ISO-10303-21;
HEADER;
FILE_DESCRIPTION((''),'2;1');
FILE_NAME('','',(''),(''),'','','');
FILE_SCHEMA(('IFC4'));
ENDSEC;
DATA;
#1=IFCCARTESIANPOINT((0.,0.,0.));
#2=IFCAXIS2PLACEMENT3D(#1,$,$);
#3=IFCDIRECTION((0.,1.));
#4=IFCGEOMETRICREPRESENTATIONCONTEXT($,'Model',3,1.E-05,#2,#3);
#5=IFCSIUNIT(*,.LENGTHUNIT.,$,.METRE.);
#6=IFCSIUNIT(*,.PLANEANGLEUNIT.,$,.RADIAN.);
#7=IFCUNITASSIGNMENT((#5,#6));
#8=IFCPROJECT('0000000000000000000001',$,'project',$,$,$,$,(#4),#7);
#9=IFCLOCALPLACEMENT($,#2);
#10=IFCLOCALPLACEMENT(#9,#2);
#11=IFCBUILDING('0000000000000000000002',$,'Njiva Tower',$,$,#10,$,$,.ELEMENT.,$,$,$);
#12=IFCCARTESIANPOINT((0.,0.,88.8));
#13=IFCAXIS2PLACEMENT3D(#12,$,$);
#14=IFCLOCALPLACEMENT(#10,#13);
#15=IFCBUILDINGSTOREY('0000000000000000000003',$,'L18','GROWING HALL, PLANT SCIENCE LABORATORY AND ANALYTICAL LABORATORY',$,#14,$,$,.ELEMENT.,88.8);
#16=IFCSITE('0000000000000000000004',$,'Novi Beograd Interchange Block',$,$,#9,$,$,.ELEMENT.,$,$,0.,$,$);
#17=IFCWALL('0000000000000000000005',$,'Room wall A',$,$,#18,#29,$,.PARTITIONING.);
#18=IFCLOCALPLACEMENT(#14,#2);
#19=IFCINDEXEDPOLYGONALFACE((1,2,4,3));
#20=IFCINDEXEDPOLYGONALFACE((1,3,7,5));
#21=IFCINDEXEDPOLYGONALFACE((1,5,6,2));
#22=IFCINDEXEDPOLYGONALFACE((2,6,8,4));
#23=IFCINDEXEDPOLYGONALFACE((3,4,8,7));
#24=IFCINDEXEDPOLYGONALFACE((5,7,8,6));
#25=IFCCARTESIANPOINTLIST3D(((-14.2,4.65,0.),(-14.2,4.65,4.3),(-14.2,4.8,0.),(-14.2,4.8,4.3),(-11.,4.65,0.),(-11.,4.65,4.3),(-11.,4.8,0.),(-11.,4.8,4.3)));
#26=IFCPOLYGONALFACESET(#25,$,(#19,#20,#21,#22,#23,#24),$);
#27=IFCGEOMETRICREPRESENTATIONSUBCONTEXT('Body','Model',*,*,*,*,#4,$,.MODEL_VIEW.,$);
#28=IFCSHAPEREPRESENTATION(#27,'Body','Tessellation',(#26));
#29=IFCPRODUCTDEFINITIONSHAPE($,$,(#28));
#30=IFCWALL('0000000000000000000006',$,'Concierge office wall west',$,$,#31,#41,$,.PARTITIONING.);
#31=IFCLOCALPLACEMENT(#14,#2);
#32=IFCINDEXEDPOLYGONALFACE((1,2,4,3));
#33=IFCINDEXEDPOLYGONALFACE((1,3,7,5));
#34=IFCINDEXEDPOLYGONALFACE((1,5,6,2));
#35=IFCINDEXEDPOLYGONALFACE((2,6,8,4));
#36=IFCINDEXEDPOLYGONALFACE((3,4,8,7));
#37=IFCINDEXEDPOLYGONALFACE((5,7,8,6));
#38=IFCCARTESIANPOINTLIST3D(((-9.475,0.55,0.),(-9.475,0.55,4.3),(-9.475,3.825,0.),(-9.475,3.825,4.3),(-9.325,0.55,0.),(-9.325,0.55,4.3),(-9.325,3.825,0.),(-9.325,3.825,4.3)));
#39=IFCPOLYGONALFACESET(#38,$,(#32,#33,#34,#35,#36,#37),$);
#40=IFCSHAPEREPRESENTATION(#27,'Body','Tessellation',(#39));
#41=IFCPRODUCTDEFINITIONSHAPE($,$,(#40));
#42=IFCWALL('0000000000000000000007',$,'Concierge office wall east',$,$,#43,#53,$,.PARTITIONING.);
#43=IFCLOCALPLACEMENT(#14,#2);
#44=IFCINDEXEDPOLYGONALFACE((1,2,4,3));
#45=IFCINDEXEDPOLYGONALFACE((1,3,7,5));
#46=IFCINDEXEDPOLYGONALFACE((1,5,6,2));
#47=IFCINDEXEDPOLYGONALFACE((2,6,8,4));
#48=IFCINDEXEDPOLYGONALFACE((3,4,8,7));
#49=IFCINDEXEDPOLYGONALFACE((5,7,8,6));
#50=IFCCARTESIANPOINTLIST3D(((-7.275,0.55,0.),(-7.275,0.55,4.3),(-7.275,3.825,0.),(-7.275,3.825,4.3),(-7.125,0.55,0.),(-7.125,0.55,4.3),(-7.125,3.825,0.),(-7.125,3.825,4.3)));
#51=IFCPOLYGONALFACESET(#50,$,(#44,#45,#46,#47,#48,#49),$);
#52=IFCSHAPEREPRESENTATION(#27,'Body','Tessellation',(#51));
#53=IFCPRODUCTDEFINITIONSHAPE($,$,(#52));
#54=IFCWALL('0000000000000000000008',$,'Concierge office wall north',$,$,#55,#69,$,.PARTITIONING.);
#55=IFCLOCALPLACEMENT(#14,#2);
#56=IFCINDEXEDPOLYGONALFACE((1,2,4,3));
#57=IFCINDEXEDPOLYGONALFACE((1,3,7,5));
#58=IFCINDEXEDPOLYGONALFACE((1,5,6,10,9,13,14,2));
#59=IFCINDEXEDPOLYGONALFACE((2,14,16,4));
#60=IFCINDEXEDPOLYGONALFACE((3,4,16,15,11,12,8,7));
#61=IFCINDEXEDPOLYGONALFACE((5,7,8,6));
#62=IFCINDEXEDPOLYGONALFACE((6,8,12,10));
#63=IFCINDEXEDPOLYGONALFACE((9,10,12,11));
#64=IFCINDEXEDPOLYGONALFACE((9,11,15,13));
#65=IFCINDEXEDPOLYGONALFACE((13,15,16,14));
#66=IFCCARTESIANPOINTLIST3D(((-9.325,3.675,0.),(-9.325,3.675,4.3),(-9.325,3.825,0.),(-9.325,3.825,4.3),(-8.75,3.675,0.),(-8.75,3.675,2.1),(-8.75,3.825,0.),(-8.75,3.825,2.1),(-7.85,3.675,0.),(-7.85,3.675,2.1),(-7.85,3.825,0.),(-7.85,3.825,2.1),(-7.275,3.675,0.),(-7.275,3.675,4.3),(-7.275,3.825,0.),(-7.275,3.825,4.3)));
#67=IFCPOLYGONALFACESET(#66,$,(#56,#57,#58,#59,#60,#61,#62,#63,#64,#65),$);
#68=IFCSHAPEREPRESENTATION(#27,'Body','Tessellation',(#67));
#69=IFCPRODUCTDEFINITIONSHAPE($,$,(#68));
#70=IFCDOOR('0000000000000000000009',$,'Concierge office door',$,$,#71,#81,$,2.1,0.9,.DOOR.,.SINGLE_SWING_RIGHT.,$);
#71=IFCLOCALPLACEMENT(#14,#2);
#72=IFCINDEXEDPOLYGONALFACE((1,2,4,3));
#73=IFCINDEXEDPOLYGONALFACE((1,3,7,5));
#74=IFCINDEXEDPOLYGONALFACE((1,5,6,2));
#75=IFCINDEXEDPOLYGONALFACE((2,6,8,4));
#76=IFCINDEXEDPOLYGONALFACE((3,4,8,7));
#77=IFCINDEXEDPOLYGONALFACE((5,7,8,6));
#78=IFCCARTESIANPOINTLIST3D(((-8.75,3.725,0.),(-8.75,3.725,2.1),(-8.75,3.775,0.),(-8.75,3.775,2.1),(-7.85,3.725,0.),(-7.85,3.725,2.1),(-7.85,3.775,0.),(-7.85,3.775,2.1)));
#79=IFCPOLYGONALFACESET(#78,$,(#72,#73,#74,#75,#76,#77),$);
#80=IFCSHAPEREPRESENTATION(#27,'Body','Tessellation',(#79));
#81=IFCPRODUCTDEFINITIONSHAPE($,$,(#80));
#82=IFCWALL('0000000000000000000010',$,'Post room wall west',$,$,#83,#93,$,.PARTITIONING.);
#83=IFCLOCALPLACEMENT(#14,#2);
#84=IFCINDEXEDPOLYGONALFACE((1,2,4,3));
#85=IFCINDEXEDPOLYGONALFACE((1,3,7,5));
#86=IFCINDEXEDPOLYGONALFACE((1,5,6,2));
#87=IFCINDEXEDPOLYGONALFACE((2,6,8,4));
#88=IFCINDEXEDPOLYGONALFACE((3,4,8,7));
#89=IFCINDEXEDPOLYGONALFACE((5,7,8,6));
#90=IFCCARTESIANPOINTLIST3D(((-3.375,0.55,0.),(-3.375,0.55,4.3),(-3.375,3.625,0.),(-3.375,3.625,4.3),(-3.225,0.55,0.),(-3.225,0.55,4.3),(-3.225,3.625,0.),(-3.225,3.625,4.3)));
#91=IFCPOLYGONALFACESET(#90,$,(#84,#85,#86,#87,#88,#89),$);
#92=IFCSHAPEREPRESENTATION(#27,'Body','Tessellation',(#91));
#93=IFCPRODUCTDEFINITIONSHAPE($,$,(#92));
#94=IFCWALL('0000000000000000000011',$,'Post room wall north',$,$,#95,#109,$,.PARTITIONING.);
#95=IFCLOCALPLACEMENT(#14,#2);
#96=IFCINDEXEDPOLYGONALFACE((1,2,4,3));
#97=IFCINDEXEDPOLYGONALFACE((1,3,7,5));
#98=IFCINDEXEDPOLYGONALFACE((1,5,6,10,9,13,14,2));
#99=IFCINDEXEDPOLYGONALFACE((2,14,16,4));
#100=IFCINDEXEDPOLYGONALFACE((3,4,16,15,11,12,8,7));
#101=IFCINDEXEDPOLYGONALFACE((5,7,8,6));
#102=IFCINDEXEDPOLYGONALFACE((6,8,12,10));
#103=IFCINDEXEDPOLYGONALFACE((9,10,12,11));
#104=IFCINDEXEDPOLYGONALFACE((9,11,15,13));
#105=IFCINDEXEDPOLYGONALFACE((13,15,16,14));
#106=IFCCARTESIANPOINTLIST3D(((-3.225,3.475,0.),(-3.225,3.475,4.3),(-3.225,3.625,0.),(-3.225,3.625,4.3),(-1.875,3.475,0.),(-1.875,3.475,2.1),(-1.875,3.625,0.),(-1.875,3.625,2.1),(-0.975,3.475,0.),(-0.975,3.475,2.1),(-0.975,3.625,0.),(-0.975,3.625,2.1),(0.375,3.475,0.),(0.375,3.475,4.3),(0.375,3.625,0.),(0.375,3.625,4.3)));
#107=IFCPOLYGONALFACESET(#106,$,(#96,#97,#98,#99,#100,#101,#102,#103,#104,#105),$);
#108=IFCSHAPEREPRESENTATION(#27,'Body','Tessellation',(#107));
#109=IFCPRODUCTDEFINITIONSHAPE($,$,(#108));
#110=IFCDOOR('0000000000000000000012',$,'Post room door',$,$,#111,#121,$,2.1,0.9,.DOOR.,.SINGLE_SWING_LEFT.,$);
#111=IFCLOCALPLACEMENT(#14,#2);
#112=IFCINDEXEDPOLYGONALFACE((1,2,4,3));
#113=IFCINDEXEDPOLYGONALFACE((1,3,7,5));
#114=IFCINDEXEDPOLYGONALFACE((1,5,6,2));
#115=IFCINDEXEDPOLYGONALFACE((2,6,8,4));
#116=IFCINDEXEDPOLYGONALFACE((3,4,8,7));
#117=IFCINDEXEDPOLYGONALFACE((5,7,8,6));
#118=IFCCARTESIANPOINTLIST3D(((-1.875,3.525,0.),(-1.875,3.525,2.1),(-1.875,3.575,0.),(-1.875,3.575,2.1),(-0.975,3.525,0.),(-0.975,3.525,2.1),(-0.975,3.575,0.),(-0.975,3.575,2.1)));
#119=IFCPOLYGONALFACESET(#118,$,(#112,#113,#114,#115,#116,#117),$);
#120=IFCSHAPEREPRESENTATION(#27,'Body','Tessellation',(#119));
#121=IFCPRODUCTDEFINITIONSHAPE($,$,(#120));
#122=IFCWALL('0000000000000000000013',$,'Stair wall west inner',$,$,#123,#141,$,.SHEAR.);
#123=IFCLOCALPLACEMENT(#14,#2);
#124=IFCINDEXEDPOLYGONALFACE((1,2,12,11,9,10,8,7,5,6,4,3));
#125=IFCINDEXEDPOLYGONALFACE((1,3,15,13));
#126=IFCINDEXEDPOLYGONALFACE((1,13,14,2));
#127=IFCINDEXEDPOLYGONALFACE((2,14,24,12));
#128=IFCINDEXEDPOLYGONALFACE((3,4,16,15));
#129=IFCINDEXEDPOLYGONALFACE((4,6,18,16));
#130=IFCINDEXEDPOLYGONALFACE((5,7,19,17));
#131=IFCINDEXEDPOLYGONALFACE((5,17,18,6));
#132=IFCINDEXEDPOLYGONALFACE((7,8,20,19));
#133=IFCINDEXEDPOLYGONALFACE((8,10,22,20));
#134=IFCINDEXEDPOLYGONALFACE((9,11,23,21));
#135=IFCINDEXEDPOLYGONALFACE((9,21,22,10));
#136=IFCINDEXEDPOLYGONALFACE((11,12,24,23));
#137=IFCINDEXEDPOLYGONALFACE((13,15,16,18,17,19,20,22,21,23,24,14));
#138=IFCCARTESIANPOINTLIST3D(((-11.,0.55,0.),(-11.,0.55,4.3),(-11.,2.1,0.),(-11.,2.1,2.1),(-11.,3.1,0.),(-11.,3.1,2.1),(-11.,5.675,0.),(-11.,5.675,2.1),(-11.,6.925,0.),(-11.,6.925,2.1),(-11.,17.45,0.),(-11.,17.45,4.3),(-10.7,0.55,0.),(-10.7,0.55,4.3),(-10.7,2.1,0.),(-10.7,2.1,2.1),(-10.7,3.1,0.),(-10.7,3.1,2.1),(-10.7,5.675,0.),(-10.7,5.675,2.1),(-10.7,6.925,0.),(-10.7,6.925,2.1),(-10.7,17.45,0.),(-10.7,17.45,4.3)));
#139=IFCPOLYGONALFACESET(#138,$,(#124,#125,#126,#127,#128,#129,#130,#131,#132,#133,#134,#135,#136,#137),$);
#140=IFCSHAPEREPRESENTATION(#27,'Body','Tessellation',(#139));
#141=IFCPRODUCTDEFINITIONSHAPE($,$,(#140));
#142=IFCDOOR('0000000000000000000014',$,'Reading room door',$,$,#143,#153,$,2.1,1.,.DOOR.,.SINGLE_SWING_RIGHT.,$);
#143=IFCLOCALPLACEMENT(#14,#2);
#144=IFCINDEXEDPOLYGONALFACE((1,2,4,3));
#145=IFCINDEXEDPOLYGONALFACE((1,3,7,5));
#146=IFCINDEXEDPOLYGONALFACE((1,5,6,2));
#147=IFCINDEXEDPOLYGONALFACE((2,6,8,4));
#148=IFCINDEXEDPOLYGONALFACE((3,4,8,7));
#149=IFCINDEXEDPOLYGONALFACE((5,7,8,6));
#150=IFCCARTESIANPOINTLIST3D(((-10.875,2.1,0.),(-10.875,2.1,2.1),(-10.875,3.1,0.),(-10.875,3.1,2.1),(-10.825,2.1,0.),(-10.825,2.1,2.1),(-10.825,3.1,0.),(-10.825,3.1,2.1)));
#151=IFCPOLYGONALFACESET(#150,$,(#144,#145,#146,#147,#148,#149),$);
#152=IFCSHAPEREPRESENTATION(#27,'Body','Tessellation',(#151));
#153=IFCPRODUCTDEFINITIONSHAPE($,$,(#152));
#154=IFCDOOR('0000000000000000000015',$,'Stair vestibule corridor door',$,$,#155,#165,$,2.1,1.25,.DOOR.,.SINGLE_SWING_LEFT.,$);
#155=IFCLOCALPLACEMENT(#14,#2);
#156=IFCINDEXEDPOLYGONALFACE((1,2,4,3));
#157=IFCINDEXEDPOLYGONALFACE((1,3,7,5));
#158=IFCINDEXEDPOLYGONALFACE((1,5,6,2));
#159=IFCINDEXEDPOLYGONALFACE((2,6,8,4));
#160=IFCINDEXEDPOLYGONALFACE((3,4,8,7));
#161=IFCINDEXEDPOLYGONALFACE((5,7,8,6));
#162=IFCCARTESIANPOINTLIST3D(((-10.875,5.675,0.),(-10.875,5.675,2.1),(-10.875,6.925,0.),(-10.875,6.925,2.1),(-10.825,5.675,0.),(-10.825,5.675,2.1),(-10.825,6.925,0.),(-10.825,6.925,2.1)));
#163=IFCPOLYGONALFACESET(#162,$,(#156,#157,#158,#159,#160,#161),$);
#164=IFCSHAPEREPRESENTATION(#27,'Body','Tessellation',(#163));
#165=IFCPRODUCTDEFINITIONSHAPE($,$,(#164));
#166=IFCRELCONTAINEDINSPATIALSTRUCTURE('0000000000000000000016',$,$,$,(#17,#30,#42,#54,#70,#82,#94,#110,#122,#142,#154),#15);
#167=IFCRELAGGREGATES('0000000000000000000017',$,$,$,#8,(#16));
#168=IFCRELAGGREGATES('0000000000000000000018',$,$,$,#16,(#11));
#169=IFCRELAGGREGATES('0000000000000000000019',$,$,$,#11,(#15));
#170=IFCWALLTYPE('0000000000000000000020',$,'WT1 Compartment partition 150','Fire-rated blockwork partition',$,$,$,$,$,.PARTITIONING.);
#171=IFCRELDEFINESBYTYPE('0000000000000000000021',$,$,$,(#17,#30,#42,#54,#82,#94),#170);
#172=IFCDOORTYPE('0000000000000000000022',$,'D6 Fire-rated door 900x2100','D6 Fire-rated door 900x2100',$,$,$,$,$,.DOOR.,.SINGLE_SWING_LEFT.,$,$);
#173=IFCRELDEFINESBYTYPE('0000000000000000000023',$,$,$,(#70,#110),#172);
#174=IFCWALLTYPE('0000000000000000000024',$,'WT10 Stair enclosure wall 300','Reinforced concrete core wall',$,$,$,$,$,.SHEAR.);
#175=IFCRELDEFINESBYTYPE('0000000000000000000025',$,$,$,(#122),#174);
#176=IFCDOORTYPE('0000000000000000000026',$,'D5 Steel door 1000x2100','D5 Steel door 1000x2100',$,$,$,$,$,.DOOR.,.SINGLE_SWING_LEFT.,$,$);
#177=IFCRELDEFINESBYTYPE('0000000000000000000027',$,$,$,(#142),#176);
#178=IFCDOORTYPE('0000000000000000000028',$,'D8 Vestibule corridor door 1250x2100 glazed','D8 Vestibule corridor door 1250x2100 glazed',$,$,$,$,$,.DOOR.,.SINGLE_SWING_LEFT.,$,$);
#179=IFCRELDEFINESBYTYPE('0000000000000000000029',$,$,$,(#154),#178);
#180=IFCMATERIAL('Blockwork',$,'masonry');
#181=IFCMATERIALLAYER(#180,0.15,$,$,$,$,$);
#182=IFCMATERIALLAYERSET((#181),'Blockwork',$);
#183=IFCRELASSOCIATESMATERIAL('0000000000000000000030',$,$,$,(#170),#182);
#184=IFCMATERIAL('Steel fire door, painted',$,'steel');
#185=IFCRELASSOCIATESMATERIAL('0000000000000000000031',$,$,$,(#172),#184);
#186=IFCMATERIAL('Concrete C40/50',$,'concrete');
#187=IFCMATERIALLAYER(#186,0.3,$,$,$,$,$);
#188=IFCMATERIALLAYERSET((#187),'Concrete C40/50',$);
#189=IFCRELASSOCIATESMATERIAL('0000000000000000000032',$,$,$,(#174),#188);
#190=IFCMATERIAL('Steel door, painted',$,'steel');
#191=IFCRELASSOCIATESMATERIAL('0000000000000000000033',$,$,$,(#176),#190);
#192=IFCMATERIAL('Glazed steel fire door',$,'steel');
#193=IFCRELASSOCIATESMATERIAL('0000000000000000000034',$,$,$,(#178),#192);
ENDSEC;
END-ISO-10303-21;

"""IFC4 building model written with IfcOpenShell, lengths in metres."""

from ifc_helpers import new_model, si_unit, direction, frame, frame_2d, origin, place, context, subcontext, project, spatial, rectangle, extrude, material, layer, layer_set, type_object, element, fill, save


model = new_model("IFC4")

# Units and contexts
model_context = context("Model", 3, precision=1e-05, world=origin(), true_north=direction((0.0, 1.0)))
body_context = subcontext(model_context, "Body", "Model", "MODEL_VIEW")
ifc_project = project(units=[si_unit("LENGTHUNIT", "METRE"), si_unit("PLANEANGLEUNIT", "RADIAN")], contexts=[model_context])

# Site, building, storey
site_placement = place(None, origin())
site = spatial("IfcSite", under=ifc_project, at=site_placement, Name="Novi Beograd Interchange Block", CompositionType="ELEMENT", RefElevation=0.0)
building_placement = place(site_placement, origin())
building = spatial("IfcBuilding", under=site, at=building_placement, Name="Njiva Tower", CompositionType="ELEMENT")
storey_placement = place(building_placement, frame((0.0, 0.0, 88.8)))
storey = spatial("IfcBuildingStorey", under=building, at=storey_placement, Name="L18", Description="GROWING HALL, PLANT SCIENCE LABORATORY AND ANALYTICAL LABORATORY", CompositionType="ELEMENT", Elevation=88.8)

# Walls
ifc_material_1 = material(Name="Blockwork", Category="masonry")
ifc_layer_1 = layer(ifc_material_1, 0.15)
ifc_layer_set_1 = layer_set([ifc_layer_1], Name="Blockwork")
wall_type_1 = type_object("IfcWallType", Name="WT1 Compartment partition 150", Description="Fire-rated blockwork partition", PredefinedType="PARTITIONING", material=ifc_layer_set_1)
wall_1_placement = place(storey_placement, frame((-14.2, 4.725, 0.0), z_axis=(0.0, 0.0, 1.0), x_axis=(1.0, 0.0, 0.0)))
element("IfcWall", 1, at=wall_1_placement, inside=storey, type_object=wall_type_1, Name="Room wall A", PredefinedType="PARTITIONING", context=body_context, shape_type="SweptSolid", body=[
    extrude(rectangle(XDim=3.2, YDim=0.15, at=frame_2d((1.6, 0.0))), origin(), (0.0, 0.0, 1.0), 4.3),
])
for number, where, z_axis, x_axis, name in (
    (2, (-9.4, 0.55, 0.0), (0.0, 0.0, 1.0), (0.0, 1.0, 0.0), "Concierge office wall west"),
    (3, (-7.2, 0.55, 0.0), (0.0, 0.0, 1.0), (0.0, 1.0, 0.0), "Concierge office wall east"),
):
    element("IfcWall", number, at=place(storey_placement, frame(where, z_axis=z_axis, x_axis=x_axis)), inside=storey, type_object=wall_type_1, Name=name, PredefinedType="PARTITIONING", context=body_context, shape_type="SweptSolid", body=[
        extrude(rectangle(XDim=3.275, YDim=0.15, at=frame_2d((1.6375, 0.0))), origin(), (0.0, 0.0, 1.0), 4.3),
    ])

# Wall, opening, door
wall_2_placement = place(storey_placement, frame((-9.325, 3.75, 0.0), z_axis=(0.0, 0.0, 1.0), x_axis=(1.0, 0.0, 0.0)))
wall_2 = element("IfcWall", 4, at=wall_2_placement, inside=storey, type_object=wall_type_1, Name="Concierge office wall north", PredefinedType="PARTITIONING", context=body_context, shape_type="SweptSolid", body=[
    extrude(rectangle(XDim=2.05, YDim=0.15, at=frame_2d((1.025, 0.0))), origin(), (0.0, 0.0, 1.0), 4.3),
])
opening_1_placement = place(wall_2_placement, frame((0.575, 0.0, 0.0)))
opening_1 = element("IfcOpeningElement", 5, at=opening_1_placement, cuts=wall_2, PredefinedType="OPENING", context=body_context, shape_type="SweptSolid", body=[
    extrude(rectangle(XDim=0.9, YDim=2.1, at=frame_2d((0.45, 1.05))), frame((0.0, 0.085, 0.0), z_axis=(0.0, -1.0, 0.0), x_axis=(1.0, 0.0, 0.0)), (0.0, 0.0, 1.0), 0.17),
])
ifc_material_2 = material(Name="Steel fire door, painted", Category="steel")
door_type_1 = type_object("IfcDoorType", Name="D6 Fire-rated door 900x2100", Description="D6 Fire-rated door 900x2100", OperationType="SINGLE_SWING_LEFT", PredefinedType="DOOR", material=ifc_material_2)
door_1_placement = place(opening_1_placement, origin())
door_1 = element("IfcDoor", 6, at=door_1_placement, inside=storey, type_object=door_type_1, Name="Concierge office door", OperationType="SINGLE_SWING_RIGHT", OverallHeight=2.1, OverallWidth=0.9, PredefinedType="DOOR", context=body_context, shape_type="SweptSolid", body=[
    extrude(rectangle(XDim=0.9, YDim=2.1, at=frame_2d((0.45, 1.05))), frame((0.0, 0.025, 0.0), z_axis=(0.0, -1.0, 0.0), x_axis=(1.0, 0.0, 0.0)), (0.0, 0.0, 1.0), 0.05),
])
fill(opening_1, door_1)

# Wall
wall_3_placement = place(storey_placement, frame((-3.3, 0.55, 0.0), z_axis=(0.0, 0.0, 1.0), x_axis=(0.0, 1.0, 0.0)))
element("IfcWall", 7, at=wall_3_placement, inside=storey, type_object=wall_type_1, Name="Post room wall west", PredefinedType="PARTITIONING", context=body_context, shape_type="SweptSolid", body=[
    extrude(rectangle(XDim=3.075, YDim=0.15, at=frame_2d((1.5375, 0.0))), origin(), (0.0, 0.0, 1.0), 4.3),
])

# Wall, opening, door
wall_4_placement = place(storey_placement, frame((-3.225, 3.55, 0.0), z_axis=(0.0, 0.0, 1.0), x_axis=(1.0, 0.0, 0.0)))
wall_4 = element("IfcWall", 8, at=wall_4_placement, inside=storey, type_object=wall_type_1, Name="Post room wall north", PredefinedType="PARTITIONING", context=body_context, shape_type="SweptSolid", body=[
    extrude(rectangle(XDim=3.6, YDim=0.15, at=frame_2d((1.8, 0.0))), origin(), (0.0, 0.0, 1.0), 4.3),
])
opening_2_placement = place(wall_4_placement, frame((1.35, 0.0, 0.0)))
opening_2 = element("IfcOpeningElement", 9, at=opening_2_placement, cuts=wall_4, PredefinedType="OPENING", context=body_context, shape_type="SweptSolid", body=[
    extrude(rectangle(XDim=0.9, YDim=2.1, at=frame_2d((0.45, 1.05))), frame((0.0, 0.085, 0.0), z_axis=(0.0, -1.0, 0.0), x_axis=(1.0, 0.0, 0.0)), (0.0, 0.0, 1.0), 0.17),
])
door_2_placement = place(opening_2_placement, origin())
door_2 = element("IfcDoor", 10, at=door_2_placement, inside=storey, type_object=door_type_1, Name="Post room door", OperationType="SINGLE_SWING_LEFT", OverallHeight=2.1, OverallWidth=0.9, PredefinedType="DOOR", context=body_context, shape_type="SweptSolid", body=[
    extrude(rectangle(XDim=0.9, YDim=2.1, at=frame_2d((0.45, 1.05))), frame((0.0, 0.025, 0.0), z_axis=(0.0, -1.0, 0.0), x_axis=(1.0, 0.0, 0.0)), (0.0, 0.0, 1.0), 0.05),
])
fill(opening_2, door_2)

# Wall, openings, doors
ifc_material_3 = material(Name="Concrete C40/50", Category="concrete")
ifc_layer_2 = layer(ifc_material_3, 0.3)
ifc_layer_set_2 = layer_set([ifc_layer_2], Name="Concrete C40/50")
wall_type_2 = type_object("IfcWallType", Name="WT10 Stair enclosure wall 300", Description="Reinforced concrete core wall", PredefinedType="SHEAR", material=ifc_layer_set_2)
wall_5_placement = place(storey_placement, frame((-10.85, 0.55, 0.0), z_axis=(0.0, 0.0, 1.0), x_axis=(0.0, 1.0, 0.0)))
wall_5 = element("IfcWall", 11, at=wall_5_placement, inside=storey, type_object=wall_type_2, Name="Stair wall west inner", PredefinedType="SHEAR", context=body_context, shape_type="SweptSolid", body=[
    extrude(rectangle(XDim=16.9, YDim=0.3, at=frame_2d((8.45, 0.0))), origin(), (0.0, 0.0, 1.0), 4.3),
])
opening_3_placement = place(wall_5_placement, frame((5.125, 0.0, 0.0)))
opening_3 = element("IfcOpeningElement", 12, at=opening_3_placement, cuts=wall_5, PredefinedType="OPENING", context=body_context, shape_type="SweptSolid", body=[
    extrude(rectangle(XDim=1.25, YDim=2.1, at=frame_2d((0.625, 1.05))), frame((0.0, 0.16, 0.0), z_axis=(0.0, -1.0, 0.0), x_axis=(1.0, 0.0, 0.0)), (0.0, 0.0, 1.0), 0.32),
])
opening_4_placement = place(wall_5_placement, frame((1.55, 0.0, 0.0)))
opening_4 = element("IfcOpeningElement", 13, at=opening_4_placement, cuts=wall_5, PredefinedType="OPENING", context=body_context, shape_type="SweptSolid", body=[
    extrude(rectangle(XDim=1.0, YDim=2.1, at=frame_2d((0.5, 1.05))), frame((0.0, 0.16, 0.0), z_axis=(0.0, -1.0, 0.0), x_axis=(1.0, 0.0, 0.0)), (0.0, 0.0, 1.0), 0.32),
])
ifc_material_4 = material(Name="Steel door, painted", Category="steel")
door_type_2 = type_object("IfcDoorType", Name="D5 Steel door 1000x2100", Description="D5 Steel door 1000x2100", OperationType="SINGLE_SWING_LEFT", PredefinedType="DOOR", material=ifc_material_4)
door_3_placement = place(opening_4_placement, origin())
door_3 = element("IfcDoor", 14, at=door_3_placement, inside=storey, type_object=door_type_2, Name="Reading room door", OperationType="SINGLE_SWING_RIGHT", OverallHeight=2.1, OverallWidth=1.0, PredefinedType="DOOR", context=body_context, shape_type="SweptSolid", body=[
    extrude(rectangle(XDim=1.0, YDim=2.1, at=frame_2d((0.5, 1.05))), frame((0.0, 0.025, 0.0), z_axis=(0.0, -1.0, 0.0), x_axis=(1.0, 0.0, 0.0)), (0.0, 0.0, 1.0), 0.05),
])
fill(opening_4, door_3)
ifc_material_5 = material(Name="Glazed steel fire door", Category="steel")
door_type_3 = type_object("IfcDoorType", Name="D8 Vestibule corridor door 1250x2100 glazed", Description="D8 Vestibule corridor door 1250x2100 glazed", OperationType="SINGLE_SWING_LEFT", PredefinedType="DOOR", material=ifc_material_5)
door_4_placement = place(opening_3_placement, origin())
door_4 = element("IfcDoor", 15, at=door_4_placement, inside=storey, type_object=door_type_3, Name="Stair vestibule corridor door", OperationType="SINGLE_SWING_LEFT", OverallHeight=2.1, OverallWidth=1.25, PredefinedType="DOOR", context=body_context, shape_type="SweptSolid", body=[
    extrude(rectangle(XDim=1.25, YDim=2.1, at=frame_2d((0.625, 1.05))), frame((0.0, 0.025, 0.0), z_axis=(0.0, -1.0, 0.0), x_axis=(1.0, 0.0, 0.0)), (0.0, 0.0, 1.0), 0.05),
])
fill(opening_3, door_4)

save(model, "model.ifc")
